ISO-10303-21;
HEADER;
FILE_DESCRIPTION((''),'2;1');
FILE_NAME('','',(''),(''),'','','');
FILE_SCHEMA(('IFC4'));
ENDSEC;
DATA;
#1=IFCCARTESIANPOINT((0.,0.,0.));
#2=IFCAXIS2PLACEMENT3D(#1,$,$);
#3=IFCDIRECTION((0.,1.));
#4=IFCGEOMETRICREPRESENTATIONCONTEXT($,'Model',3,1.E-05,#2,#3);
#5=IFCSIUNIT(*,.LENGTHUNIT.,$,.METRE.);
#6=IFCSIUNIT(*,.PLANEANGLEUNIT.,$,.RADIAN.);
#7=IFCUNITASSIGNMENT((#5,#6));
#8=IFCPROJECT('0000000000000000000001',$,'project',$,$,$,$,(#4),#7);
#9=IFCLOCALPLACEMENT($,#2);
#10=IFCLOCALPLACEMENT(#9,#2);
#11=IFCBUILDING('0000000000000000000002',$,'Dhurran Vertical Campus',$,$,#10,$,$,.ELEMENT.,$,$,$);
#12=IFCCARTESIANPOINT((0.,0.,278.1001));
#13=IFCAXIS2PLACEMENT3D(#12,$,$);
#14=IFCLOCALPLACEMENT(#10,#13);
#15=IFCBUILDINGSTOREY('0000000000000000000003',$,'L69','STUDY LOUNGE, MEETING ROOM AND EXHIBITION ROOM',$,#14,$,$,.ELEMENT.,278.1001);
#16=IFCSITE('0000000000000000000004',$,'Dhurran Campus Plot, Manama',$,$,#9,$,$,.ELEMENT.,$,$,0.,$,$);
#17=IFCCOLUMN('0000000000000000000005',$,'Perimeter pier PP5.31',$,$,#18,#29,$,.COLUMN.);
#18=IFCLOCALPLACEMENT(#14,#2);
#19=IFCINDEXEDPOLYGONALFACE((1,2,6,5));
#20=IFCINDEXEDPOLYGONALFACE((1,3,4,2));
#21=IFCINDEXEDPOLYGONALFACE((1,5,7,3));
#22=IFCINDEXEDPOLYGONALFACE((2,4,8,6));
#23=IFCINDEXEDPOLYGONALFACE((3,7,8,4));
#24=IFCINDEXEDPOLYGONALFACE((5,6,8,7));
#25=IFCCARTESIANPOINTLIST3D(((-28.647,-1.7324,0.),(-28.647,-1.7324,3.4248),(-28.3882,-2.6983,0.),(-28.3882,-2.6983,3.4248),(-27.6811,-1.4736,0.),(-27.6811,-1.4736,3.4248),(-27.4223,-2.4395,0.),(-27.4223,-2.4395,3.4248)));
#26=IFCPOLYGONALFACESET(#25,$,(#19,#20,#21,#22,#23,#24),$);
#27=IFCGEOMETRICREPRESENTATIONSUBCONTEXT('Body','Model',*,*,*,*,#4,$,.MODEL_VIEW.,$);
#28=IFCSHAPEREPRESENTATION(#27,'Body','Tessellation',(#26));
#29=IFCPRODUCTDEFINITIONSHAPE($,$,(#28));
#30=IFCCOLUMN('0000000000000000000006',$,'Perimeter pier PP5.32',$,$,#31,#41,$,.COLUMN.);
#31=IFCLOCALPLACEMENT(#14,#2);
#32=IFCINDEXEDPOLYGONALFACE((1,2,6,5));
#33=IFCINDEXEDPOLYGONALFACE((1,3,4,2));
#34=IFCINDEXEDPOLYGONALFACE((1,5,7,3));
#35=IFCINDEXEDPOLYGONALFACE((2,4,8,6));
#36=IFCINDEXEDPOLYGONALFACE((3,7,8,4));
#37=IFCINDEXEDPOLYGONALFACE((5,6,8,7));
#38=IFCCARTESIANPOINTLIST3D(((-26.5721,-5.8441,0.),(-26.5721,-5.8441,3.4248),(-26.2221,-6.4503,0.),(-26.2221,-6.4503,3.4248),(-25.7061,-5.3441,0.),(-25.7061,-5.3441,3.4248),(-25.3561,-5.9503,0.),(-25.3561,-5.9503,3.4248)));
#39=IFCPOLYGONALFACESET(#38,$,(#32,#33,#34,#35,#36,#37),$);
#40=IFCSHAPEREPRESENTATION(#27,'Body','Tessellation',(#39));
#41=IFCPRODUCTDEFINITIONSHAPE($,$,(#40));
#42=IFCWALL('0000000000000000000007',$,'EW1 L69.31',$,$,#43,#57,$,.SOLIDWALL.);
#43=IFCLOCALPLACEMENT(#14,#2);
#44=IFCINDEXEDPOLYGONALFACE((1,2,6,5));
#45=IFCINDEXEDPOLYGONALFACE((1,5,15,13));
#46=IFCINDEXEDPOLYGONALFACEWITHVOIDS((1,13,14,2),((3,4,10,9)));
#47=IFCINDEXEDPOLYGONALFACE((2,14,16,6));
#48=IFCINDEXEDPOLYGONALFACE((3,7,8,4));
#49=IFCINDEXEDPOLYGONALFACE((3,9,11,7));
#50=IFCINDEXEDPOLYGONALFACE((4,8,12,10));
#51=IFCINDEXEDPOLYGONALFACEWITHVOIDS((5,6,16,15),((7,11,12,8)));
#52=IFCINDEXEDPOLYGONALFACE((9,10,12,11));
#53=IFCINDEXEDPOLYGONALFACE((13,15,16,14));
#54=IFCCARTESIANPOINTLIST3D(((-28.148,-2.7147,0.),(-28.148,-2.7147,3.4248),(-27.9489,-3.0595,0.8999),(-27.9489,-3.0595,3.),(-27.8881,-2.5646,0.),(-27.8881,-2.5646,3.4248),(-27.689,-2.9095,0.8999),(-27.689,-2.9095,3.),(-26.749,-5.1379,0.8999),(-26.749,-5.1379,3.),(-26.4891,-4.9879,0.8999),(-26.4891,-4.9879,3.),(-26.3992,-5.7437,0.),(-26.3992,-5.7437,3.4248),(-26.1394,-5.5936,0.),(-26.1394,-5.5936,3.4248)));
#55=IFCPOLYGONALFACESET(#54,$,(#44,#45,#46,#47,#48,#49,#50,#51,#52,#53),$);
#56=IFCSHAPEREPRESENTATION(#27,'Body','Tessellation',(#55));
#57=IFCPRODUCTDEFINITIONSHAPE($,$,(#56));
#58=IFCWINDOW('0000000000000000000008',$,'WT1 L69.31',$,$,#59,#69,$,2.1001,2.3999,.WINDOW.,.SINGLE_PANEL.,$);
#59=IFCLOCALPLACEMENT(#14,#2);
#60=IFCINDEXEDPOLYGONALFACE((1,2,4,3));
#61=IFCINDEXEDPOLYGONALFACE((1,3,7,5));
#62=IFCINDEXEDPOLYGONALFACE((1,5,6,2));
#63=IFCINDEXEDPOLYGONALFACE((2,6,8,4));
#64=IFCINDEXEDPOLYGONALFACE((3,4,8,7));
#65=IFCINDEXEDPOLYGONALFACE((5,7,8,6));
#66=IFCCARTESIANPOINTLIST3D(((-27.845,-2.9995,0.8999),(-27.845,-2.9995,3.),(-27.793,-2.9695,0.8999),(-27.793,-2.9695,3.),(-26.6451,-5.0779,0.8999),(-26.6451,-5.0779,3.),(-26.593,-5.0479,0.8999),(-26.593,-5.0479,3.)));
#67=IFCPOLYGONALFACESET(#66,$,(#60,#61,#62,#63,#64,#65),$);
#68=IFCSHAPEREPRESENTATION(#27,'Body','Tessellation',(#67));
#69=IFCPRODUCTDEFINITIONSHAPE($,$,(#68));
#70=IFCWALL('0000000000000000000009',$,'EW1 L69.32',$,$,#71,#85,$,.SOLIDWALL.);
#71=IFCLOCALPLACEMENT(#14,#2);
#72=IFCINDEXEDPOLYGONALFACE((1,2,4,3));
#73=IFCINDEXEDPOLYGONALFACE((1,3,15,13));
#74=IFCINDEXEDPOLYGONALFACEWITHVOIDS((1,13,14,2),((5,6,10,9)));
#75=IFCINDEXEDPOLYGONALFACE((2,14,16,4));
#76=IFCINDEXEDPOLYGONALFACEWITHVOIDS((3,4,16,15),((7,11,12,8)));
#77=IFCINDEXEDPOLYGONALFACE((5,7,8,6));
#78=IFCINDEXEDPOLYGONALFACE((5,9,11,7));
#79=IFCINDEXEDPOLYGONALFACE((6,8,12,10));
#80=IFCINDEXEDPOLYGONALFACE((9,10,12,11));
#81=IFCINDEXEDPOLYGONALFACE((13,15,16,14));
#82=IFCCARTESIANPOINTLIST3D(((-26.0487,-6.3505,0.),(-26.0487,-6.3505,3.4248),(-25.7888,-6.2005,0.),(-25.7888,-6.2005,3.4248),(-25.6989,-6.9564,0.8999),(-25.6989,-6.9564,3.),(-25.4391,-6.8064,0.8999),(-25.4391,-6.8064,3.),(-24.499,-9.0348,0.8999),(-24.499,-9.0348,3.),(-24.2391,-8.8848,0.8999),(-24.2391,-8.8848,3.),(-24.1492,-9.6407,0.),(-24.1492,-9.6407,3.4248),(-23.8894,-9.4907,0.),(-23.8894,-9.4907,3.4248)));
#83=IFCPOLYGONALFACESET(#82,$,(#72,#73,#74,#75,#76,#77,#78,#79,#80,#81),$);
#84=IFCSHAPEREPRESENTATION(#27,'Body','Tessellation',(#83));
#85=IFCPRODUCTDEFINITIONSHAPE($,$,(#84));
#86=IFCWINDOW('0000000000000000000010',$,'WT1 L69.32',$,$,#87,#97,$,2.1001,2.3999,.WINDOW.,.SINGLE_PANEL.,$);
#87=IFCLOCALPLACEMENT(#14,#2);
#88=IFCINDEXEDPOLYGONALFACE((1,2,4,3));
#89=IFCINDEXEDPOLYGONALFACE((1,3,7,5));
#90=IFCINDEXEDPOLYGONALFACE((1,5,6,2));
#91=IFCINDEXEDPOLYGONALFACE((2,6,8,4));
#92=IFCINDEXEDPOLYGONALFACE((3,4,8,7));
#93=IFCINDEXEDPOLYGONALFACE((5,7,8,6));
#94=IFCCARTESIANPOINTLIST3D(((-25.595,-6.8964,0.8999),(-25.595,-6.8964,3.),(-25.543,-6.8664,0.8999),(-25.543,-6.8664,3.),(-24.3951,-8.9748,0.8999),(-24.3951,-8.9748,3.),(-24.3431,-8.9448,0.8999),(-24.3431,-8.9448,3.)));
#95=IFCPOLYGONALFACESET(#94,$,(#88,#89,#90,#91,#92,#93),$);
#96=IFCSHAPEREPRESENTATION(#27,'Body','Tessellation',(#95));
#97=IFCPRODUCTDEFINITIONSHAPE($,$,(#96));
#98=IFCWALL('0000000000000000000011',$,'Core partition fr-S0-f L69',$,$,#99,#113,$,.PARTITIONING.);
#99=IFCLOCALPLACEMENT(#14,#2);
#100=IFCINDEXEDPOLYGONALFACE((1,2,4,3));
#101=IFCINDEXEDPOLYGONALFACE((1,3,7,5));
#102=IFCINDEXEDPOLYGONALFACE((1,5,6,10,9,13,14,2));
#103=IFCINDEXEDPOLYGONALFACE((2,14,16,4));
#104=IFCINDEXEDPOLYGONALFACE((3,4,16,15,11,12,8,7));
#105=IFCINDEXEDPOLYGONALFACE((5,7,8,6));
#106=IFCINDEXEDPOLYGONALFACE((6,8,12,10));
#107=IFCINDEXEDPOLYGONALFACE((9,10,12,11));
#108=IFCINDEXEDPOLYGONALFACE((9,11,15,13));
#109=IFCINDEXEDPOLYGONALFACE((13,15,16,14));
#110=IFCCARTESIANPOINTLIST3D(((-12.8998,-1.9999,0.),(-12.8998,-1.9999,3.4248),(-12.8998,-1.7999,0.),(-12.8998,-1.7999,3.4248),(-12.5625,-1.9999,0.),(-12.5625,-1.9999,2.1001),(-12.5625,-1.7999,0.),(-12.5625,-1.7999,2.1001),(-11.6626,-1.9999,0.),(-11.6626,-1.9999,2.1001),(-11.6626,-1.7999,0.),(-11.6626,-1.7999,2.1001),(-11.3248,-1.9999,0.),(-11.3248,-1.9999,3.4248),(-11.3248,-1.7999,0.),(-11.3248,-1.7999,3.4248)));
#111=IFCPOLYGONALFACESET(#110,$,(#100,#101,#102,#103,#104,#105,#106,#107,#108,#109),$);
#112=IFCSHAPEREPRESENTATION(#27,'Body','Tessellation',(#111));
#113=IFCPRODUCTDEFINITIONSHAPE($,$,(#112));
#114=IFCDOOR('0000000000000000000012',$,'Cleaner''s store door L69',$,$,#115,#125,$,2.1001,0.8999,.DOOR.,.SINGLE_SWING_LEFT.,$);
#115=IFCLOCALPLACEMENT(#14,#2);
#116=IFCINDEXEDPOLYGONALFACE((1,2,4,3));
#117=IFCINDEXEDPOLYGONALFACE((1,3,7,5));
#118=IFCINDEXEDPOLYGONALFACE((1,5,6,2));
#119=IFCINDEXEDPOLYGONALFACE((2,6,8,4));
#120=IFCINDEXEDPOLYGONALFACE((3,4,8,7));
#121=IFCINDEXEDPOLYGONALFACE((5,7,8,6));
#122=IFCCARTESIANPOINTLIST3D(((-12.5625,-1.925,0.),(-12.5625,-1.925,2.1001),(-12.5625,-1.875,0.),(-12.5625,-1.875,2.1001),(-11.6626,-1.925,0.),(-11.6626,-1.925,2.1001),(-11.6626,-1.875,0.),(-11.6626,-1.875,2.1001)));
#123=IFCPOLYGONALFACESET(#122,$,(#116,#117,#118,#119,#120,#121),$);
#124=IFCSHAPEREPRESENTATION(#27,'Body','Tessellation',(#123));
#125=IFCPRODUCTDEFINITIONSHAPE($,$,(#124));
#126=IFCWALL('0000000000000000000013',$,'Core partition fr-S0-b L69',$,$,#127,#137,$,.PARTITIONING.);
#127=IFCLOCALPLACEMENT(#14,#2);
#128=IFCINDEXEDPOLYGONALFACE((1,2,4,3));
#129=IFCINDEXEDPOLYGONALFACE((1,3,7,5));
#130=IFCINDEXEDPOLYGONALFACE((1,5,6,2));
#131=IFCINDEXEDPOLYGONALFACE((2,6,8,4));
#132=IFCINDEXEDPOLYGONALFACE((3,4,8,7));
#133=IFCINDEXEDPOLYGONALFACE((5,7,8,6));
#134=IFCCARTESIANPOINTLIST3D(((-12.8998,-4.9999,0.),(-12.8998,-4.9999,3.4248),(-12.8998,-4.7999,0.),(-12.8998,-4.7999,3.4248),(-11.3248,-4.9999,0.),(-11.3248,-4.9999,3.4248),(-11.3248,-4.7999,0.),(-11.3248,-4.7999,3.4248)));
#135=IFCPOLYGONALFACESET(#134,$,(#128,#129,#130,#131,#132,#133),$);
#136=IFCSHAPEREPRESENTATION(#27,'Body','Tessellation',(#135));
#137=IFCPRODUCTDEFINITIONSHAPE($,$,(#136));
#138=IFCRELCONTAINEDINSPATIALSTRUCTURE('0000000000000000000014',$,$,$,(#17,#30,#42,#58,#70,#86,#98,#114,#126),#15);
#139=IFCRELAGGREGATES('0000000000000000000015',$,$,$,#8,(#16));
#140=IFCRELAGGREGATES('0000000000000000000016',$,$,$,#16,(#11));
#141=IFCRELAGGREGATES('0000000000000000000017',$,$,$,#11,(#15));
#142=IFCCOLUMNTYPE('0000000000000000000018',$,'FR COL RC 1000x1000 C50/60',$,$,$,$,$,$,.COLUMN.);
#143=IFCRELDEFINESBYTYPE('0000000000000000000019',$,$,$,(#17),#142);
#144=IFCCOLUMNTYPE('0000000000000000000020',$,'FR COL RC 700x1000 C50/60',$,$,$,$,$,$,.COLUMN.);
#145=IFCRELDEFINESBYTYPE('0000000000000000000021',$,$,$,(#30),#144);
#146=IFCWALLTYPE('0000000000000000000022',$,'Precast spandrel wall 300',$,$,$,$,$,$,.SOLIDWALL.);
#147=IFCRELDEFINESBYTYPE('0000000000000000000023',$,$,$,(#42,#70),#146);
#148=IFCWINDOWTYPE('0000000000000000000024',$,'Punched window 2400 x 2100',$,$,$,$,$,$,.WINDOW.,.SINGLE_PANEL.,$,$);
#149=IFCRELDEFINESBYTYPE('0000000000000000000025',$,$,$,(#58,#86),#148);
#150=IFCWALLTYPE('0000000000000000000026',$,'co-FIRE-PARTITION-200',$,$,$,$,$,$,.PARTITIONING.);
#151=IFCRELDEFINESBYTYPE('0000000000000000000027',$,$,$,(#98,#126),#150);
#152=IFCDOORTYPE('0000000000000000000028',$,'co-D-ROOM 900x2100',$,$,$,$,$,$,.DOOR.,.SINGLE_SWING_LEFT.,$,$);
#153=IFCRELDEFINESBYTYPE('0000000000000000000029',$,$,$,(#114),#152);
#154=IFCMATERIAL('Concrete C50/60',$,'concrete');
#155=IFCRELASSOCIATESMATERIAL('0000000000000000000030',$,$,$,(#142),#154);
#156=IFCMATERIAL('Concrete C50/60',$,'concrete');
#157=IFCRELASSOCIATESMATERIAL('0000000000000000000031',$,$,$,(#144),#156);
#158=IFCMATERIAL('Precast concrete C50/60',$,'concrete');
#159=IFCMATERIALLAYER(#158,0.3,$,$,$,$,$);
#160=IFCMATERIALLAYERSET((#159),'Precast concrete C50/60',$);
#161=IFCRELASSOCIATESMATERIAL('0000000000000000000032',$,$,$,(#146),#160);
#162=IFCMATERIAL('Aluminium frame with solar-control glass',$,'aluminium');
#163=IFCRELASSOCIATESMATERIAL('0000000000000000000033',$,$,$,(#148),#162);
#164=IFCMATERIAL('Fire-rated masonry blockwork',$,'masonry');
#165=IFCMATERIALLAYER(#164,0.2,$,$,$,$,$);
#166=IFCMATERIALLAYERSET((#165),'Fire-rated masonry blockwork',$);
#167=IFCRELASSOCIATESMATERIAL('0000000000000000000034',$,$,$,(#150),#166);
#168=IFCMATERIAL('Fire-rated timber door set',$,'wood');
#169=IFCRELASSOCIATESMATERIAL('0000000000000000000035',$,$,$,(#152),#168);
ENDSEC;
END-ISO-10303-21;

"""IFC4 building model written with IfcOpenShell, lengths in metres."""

from ifc_helpers import new_model, si_unit, direction, frame, frame_2d, origin, origin_2d, place, context, subcontext, project, spatial, rectangle, extrude, material, layer, layer_set, material_profile, profile_set, type_object, element, fill, save


model = new_model("IFC4")

# Units and contexts
model_context = context("Model", 3, precision=1e-05, world=origin(), true_north=direction((0.0, 1.0)))
body_context = subcontext(model_context, "Body", "Model", "MODEL_VIEW")
ifc_project = project(units=[si_unit("LENGTHUNIT", "METRE"), si_unit("PLANEANGLEUNIT", "RADIAN")], contexts=[model_context])

# Site, building, storey
site_placement = place(None, origin())
site = spatial("IfcSite", under=ifc_project, at=site_placement, Name="Dhurran Campus Plot, Manama", CompositionType="ELEMENT", RefElevation=0.0)
building_placement = place(site_placement, origin())
building = spatial("IfcBuilding", under=site, at=building_placement, Name="Dhurran Vertical Campus", CompositionType="ELEMENT")
storey_placement = place(building_placement, frame((0.0, 0.0, 278.1001)))
storey = spatial("IfcBuildingStorey", under=building, at=storey_placement, Name="L69", Description="STUDY LOUNGE, MEETING ROOM AND EXHIBITION ROOM", CompositionType="ELEMENT", Elevation=278.1001)

# Columns
ifc_material_1 = material(Name="Concrete C50/60", Category="concrete")
ifc_material_profile_1 = material_profile(ifc_material_1, rectangle(XDim=1.0, YDim=1.0, at=origin_2d()), Name="RC 1000x1000")
ifc_profile_set_1 = profile_set([ifc_material_profile_1], Name="Concrete C50/60")
column_type_1 = type_object("IfcColumnType", Name="FR COL RC 1000x1000 C50/60", PredefinedType="COLUMN", material=ifc_profile_set_1)
column_1_placement = place(storey_placement, frame((-28.0347, -2.0859, 0.0), z_axis=(0.0, 0.0, 1.0), x_axis=(0.258819, -0.965926, 0.0)))
element("IfcColumn", 1, at=column_1_placement, inside=storey, type_object=column_type_1, Name="Perimeter pier PP5.31", PredefinedType="COLUMN", context=body_context, shape_type="SweptSolid", body=[
    extrude(rectangle(XDim=1.0, YDim=1.0, at=origin_2d()), origin(), (0.0, 0.0, 1.0), 3.4248),
])
ifc_material_2 = material(Name="Concrete C50/60", Category="concrete")
ifc_material_profile_2 = material_profile(ifc_material_2, rectangle(XDim=0.7, YDim=1.0, at=origin_2d()), Name="RC 700x1000")
ifc_profile_set_2 = profile_set([ifc_material_profile_2], Name="Concrete C50/60")
column_type_2 = type_object("IfcColumnType", Name="FR COL RC 700x1000 C50/60", PredefinedType="COLUMN", material=ifc_profile_set_2)
column_2_placement = place(storey_placement, frame((-25.9641, -5.8972, 0.0), z_axis=(0.0, 0.0, 1.0), x_axis=(0.5, -0.866025, 0.0)))
element("IfcColumn", 2, at=column_2_placement, inside=storey, type_object=column_type_2, Name="Perimeter pier PP5.32", PredefinedType="COLUMN", context=body_context, shape_type="SweptSolid", body=[
    extrude(rectangle(XDim=0.7, YDim=1.0, at=origin_2d()), origin(), (0.0, 0.0, 1.0), 3.4248),
])

# Walls, openings, windows
ifc_material_3 = material(Name="Precast concrete C50/60", Category="concrete")
ifc_layer_1 = layer(ifc_material_3, 0.3)
ifc_layer_set_1 = layer_set([ifc_layer_1], Name="Precast concrete C50/60")
wall_type_1 = type_object("IfcWallType", Name="Precast spandrel wall 300", PredefinedType="SOLIDWALL", material=ifc_layer_set_1)
wall_1_placement = place(storey_placement, frame((-28.0181, -2.6396, 0.0), z_axis=(0.0, 0.0, 1.0), x_axis=(0.49999, -0.866031, 0.0)))
wall_1 = element("IfcWall", 3, at=wall_1_placement, inside=storey, type_object=wall_type_1, Name="EW1 L69.31", PredefinedType="SOLIDWALL", context=body_context, shape_type="SweptSolid", body=[
    extrude(rectangle(XDim=3.4976, YDim=0.3, at=frame_2d((1.7488, 0.0))), origin(), (0.0, 0.0, 1.0), 3.4248),
])
opening_1_placement = place(wall_1_placement, frame((0.3982, 0.0, 0.8999)))
opening_1 = element("IfcOpeningElement", 4, at=opening_1_placement, cuts=wall_1, PredefinedType="OPENING", context=body_context, shape_type="SweptSolid", body=[
    extrude(rectangle(XDim=2.3999, YDim=2.1001, at=frame_2d((1.2, 1.05))), frame((0.0, 0.1599, 0.0), z_axis=(0.0, -1.0, 0.0), x_axis=(1.0, 0.0, 0.0)), (0.0, 0.0, 1.0), 0.3201),
])
ifc_material_4 = material(Name="Aluminium frame with solar-control glass", Category="aluminium")
window_type = type_object("IfcWindowType", Name="Punched window 2400 x 2100", PartitioningType="SINGLE_PANEL", PredefinedType="WINDOW", material=ifc_material_4)
window_1_placement = place(opening_1_placement, origin())
window_1 = element("IfcWindow", 5, at=window_1_placement, inside=storey, type_object=window_type, Name="WT1 L69.31", OverallHeight=2.1001, OverallWidth=2.3999, PartitioningType="SINGLE_PANEL", PredefinedType="WINDOW", context=body_context, shape_type="SweptSolid", body=[
    extrude(rectangle(XDim=2.3999, YDim=2.1001, at=frame_2d((1.2, 1.05))), frame((0.0, 0.03, 0.0), z_axis=(0.0, -1.0, 0.0), x_axis=(1.0, 0.0, 0.0)), (0.0, 0.0, 1.0), 0.0601),
])
fill(opening_1, window_1)
wall_2_placement = place(storey_placement, frame((-25.9187, -6.2756, 0.0), z_axis=(0.0, 0.0, 1.0), x_axis=(0.499982, -0.866036, 0.0)))
wall_2 = element("IfcWall", 6, at=wall_2_placement, inside=storey, type_object=wall_type_1, Name="EW1 L69.32", PredefinedType="SOLIDWALL", context=body_context, shape_type="SweptSolid", body=[
    extrude(rectangle(XDim=3.7991, YDim=0.3, at=frame_2d((1.8994, 0.0))), origin(), (0.0, 0.0, 1.0), 3.4248),
])
opening_2_placement = place(wall_2_placement, frame((0.6995, 0.0, 0.8999)))
opening_2 = element("IfcOpeningElement", 7, at=opening_2_placement, cuts=wall_2, PredefinedType="OPENING", context=body_context, shape_type="SweptSolid", body=[
    extrude(rectangle(XDim=2.3999, YDim=2.1001, at=frame_2d((1.2, 1.05))), frame((0.0, 0.1599, 0.0), z_axis=(0.0, -1.0, 0.0), x_axis=(1.0, 0.0, 0.0)), (0.0, 0.0, 1.0), 0.3201),
])
window_2_placement = place(opening_2_placement, origin())
window_2 = element("IfcWindow", 8, at=window_2_placement, inside=storey, type_object=window_type, Name="WT1 L69.32", OverallHeight=2.1001, OverallWidth=2.3999, PartitioningType="SINGLE_PANEL", PredefinedType="WINDOW", context=body_context, shape_type="SweptSolid", body=[
    extrude(rectangle(XDim=2.3999, YDim=2.1001, at=frame_2d((1.2, 1.05))), frame((0.0, 0.03, 0.0), z_axis=(0.0, -1.0, 0.0), x_axis=(1.0, 0.0, 0.0)), (0.0, 0.0, 1.0), 0.0601),
])
fill(opening_2, window_2)

# Wall, opening, door
ifc_material_5 = material(Name="Fire-rated masonry blockwork", Category="masonry")
ifc_layer_2 = layer(ifc_material_5, 0.2)
ifc_layer_set_2 = layer_set([ifc_layer_2], Name="Fire-rated masonry blockwork")
wall_type_2 = type_object("IfcWallType", Name="co-FIRE-PARTITION-200", PredefinedType="PARTITIONING", material=ifc_layer_set_2)
wall_3_placement = place(storey_placement, frame((-12.8999, -1.8999, 0.0), z_axis=(0.0, 0.0, 1.0), x_axis=(1.0, 0.0, 0.0)))
wall_3 = element("IfcWall", 9, at=wall_3_placement, inside=storey, type_object=wall_type_2, Name="Core partition fr-S0-f L69", PredefinedType="PARTITIONING", context=body_context, shape_type="SweptSolid", body=[
    extrude(rectangle(XDim=1.575, YDim=0.2, at=frame_2d((0.7876, 0.0))), origin(), (0.0, 0.0, 1.0), 3.4248),
])
opening_3_placement = place(wall_3_placement, frame((0.3374, 0.0, 0.0)))
opening_3 = element("IfcOpeningElement", 10, at=opening_3_placement, cuts=wall_3, PredefinedType="OPENING", context=body_context, shape_type="SweptSolid", body=[
    extrude(rectangle(XDim=0.8999, YDim=2.1001, at=frame_2d((0.45, 1.05))), frame((0.0, 0.1099, 0.0), z_axis=(0.0, -1.0, 0.0), x_axis=(1.0, 0.0, 0.0)), (0.0, 0.0, 1.0), 0.22),
])
ifc_material_6 = material(Name="Fire-rated timber door set", Category="wood")
door_type_1 = type_object("IfcDoorType", Name="co-D-ROOM 900x2100", OperationType="SINGLE_SWING_LEFT", PredefinedType="DOOR", material=ifc_material_6)
door_1_placement = place(opening_3_placement, origin())
door_1 = element("IfcDoor", 11, at=door_1_placement, inside=storey, type_object=door_type_1, Name="Cleaner's store door L69", OperationType="SINGLE_SWING_LEFT", OverallHeight=2.1001, OverallWidth=0.8999, PredefinedType="DOOR", context=body_context, shape_type="SweptSolid", body=[
    extrude(rectangle(XDim=0.8999, YDim=2.1001, at=frame_2d((0.45, 1.05))), frame((0.0, 0.0249, 0.0), z_axis=(0.0, -1.0, 0.0), x_axis=(1.0, 0.0, 0.0)), (0.0, 0.0, 1.0), 0.05),
])
fill(opening_3, door_1)

# Wall
wall_4_placement = place(storey_placement, frame((-12.8999, -4.8999, 0.0), z_axis=(0.0, 0.0, 1.0), x_axis=(1.0, 0.0, 0.0)))
element("IfcWall", 12, at=wall_4_placement, inside=storey, type_object=wall_type_2, Name="Core partition fr-S0-b L69", PredefinedType="PARTITIONING", context=body_context, shape_type="SweptSolid", body=[
    extrude(rectangle(XDim=1.575, YDim=0.2, at=frame_2d((0.7876, 0.0))), origin(), (0.0, 0.0, 1.0), 3.4248),
])

save(model, "model.ifc")
